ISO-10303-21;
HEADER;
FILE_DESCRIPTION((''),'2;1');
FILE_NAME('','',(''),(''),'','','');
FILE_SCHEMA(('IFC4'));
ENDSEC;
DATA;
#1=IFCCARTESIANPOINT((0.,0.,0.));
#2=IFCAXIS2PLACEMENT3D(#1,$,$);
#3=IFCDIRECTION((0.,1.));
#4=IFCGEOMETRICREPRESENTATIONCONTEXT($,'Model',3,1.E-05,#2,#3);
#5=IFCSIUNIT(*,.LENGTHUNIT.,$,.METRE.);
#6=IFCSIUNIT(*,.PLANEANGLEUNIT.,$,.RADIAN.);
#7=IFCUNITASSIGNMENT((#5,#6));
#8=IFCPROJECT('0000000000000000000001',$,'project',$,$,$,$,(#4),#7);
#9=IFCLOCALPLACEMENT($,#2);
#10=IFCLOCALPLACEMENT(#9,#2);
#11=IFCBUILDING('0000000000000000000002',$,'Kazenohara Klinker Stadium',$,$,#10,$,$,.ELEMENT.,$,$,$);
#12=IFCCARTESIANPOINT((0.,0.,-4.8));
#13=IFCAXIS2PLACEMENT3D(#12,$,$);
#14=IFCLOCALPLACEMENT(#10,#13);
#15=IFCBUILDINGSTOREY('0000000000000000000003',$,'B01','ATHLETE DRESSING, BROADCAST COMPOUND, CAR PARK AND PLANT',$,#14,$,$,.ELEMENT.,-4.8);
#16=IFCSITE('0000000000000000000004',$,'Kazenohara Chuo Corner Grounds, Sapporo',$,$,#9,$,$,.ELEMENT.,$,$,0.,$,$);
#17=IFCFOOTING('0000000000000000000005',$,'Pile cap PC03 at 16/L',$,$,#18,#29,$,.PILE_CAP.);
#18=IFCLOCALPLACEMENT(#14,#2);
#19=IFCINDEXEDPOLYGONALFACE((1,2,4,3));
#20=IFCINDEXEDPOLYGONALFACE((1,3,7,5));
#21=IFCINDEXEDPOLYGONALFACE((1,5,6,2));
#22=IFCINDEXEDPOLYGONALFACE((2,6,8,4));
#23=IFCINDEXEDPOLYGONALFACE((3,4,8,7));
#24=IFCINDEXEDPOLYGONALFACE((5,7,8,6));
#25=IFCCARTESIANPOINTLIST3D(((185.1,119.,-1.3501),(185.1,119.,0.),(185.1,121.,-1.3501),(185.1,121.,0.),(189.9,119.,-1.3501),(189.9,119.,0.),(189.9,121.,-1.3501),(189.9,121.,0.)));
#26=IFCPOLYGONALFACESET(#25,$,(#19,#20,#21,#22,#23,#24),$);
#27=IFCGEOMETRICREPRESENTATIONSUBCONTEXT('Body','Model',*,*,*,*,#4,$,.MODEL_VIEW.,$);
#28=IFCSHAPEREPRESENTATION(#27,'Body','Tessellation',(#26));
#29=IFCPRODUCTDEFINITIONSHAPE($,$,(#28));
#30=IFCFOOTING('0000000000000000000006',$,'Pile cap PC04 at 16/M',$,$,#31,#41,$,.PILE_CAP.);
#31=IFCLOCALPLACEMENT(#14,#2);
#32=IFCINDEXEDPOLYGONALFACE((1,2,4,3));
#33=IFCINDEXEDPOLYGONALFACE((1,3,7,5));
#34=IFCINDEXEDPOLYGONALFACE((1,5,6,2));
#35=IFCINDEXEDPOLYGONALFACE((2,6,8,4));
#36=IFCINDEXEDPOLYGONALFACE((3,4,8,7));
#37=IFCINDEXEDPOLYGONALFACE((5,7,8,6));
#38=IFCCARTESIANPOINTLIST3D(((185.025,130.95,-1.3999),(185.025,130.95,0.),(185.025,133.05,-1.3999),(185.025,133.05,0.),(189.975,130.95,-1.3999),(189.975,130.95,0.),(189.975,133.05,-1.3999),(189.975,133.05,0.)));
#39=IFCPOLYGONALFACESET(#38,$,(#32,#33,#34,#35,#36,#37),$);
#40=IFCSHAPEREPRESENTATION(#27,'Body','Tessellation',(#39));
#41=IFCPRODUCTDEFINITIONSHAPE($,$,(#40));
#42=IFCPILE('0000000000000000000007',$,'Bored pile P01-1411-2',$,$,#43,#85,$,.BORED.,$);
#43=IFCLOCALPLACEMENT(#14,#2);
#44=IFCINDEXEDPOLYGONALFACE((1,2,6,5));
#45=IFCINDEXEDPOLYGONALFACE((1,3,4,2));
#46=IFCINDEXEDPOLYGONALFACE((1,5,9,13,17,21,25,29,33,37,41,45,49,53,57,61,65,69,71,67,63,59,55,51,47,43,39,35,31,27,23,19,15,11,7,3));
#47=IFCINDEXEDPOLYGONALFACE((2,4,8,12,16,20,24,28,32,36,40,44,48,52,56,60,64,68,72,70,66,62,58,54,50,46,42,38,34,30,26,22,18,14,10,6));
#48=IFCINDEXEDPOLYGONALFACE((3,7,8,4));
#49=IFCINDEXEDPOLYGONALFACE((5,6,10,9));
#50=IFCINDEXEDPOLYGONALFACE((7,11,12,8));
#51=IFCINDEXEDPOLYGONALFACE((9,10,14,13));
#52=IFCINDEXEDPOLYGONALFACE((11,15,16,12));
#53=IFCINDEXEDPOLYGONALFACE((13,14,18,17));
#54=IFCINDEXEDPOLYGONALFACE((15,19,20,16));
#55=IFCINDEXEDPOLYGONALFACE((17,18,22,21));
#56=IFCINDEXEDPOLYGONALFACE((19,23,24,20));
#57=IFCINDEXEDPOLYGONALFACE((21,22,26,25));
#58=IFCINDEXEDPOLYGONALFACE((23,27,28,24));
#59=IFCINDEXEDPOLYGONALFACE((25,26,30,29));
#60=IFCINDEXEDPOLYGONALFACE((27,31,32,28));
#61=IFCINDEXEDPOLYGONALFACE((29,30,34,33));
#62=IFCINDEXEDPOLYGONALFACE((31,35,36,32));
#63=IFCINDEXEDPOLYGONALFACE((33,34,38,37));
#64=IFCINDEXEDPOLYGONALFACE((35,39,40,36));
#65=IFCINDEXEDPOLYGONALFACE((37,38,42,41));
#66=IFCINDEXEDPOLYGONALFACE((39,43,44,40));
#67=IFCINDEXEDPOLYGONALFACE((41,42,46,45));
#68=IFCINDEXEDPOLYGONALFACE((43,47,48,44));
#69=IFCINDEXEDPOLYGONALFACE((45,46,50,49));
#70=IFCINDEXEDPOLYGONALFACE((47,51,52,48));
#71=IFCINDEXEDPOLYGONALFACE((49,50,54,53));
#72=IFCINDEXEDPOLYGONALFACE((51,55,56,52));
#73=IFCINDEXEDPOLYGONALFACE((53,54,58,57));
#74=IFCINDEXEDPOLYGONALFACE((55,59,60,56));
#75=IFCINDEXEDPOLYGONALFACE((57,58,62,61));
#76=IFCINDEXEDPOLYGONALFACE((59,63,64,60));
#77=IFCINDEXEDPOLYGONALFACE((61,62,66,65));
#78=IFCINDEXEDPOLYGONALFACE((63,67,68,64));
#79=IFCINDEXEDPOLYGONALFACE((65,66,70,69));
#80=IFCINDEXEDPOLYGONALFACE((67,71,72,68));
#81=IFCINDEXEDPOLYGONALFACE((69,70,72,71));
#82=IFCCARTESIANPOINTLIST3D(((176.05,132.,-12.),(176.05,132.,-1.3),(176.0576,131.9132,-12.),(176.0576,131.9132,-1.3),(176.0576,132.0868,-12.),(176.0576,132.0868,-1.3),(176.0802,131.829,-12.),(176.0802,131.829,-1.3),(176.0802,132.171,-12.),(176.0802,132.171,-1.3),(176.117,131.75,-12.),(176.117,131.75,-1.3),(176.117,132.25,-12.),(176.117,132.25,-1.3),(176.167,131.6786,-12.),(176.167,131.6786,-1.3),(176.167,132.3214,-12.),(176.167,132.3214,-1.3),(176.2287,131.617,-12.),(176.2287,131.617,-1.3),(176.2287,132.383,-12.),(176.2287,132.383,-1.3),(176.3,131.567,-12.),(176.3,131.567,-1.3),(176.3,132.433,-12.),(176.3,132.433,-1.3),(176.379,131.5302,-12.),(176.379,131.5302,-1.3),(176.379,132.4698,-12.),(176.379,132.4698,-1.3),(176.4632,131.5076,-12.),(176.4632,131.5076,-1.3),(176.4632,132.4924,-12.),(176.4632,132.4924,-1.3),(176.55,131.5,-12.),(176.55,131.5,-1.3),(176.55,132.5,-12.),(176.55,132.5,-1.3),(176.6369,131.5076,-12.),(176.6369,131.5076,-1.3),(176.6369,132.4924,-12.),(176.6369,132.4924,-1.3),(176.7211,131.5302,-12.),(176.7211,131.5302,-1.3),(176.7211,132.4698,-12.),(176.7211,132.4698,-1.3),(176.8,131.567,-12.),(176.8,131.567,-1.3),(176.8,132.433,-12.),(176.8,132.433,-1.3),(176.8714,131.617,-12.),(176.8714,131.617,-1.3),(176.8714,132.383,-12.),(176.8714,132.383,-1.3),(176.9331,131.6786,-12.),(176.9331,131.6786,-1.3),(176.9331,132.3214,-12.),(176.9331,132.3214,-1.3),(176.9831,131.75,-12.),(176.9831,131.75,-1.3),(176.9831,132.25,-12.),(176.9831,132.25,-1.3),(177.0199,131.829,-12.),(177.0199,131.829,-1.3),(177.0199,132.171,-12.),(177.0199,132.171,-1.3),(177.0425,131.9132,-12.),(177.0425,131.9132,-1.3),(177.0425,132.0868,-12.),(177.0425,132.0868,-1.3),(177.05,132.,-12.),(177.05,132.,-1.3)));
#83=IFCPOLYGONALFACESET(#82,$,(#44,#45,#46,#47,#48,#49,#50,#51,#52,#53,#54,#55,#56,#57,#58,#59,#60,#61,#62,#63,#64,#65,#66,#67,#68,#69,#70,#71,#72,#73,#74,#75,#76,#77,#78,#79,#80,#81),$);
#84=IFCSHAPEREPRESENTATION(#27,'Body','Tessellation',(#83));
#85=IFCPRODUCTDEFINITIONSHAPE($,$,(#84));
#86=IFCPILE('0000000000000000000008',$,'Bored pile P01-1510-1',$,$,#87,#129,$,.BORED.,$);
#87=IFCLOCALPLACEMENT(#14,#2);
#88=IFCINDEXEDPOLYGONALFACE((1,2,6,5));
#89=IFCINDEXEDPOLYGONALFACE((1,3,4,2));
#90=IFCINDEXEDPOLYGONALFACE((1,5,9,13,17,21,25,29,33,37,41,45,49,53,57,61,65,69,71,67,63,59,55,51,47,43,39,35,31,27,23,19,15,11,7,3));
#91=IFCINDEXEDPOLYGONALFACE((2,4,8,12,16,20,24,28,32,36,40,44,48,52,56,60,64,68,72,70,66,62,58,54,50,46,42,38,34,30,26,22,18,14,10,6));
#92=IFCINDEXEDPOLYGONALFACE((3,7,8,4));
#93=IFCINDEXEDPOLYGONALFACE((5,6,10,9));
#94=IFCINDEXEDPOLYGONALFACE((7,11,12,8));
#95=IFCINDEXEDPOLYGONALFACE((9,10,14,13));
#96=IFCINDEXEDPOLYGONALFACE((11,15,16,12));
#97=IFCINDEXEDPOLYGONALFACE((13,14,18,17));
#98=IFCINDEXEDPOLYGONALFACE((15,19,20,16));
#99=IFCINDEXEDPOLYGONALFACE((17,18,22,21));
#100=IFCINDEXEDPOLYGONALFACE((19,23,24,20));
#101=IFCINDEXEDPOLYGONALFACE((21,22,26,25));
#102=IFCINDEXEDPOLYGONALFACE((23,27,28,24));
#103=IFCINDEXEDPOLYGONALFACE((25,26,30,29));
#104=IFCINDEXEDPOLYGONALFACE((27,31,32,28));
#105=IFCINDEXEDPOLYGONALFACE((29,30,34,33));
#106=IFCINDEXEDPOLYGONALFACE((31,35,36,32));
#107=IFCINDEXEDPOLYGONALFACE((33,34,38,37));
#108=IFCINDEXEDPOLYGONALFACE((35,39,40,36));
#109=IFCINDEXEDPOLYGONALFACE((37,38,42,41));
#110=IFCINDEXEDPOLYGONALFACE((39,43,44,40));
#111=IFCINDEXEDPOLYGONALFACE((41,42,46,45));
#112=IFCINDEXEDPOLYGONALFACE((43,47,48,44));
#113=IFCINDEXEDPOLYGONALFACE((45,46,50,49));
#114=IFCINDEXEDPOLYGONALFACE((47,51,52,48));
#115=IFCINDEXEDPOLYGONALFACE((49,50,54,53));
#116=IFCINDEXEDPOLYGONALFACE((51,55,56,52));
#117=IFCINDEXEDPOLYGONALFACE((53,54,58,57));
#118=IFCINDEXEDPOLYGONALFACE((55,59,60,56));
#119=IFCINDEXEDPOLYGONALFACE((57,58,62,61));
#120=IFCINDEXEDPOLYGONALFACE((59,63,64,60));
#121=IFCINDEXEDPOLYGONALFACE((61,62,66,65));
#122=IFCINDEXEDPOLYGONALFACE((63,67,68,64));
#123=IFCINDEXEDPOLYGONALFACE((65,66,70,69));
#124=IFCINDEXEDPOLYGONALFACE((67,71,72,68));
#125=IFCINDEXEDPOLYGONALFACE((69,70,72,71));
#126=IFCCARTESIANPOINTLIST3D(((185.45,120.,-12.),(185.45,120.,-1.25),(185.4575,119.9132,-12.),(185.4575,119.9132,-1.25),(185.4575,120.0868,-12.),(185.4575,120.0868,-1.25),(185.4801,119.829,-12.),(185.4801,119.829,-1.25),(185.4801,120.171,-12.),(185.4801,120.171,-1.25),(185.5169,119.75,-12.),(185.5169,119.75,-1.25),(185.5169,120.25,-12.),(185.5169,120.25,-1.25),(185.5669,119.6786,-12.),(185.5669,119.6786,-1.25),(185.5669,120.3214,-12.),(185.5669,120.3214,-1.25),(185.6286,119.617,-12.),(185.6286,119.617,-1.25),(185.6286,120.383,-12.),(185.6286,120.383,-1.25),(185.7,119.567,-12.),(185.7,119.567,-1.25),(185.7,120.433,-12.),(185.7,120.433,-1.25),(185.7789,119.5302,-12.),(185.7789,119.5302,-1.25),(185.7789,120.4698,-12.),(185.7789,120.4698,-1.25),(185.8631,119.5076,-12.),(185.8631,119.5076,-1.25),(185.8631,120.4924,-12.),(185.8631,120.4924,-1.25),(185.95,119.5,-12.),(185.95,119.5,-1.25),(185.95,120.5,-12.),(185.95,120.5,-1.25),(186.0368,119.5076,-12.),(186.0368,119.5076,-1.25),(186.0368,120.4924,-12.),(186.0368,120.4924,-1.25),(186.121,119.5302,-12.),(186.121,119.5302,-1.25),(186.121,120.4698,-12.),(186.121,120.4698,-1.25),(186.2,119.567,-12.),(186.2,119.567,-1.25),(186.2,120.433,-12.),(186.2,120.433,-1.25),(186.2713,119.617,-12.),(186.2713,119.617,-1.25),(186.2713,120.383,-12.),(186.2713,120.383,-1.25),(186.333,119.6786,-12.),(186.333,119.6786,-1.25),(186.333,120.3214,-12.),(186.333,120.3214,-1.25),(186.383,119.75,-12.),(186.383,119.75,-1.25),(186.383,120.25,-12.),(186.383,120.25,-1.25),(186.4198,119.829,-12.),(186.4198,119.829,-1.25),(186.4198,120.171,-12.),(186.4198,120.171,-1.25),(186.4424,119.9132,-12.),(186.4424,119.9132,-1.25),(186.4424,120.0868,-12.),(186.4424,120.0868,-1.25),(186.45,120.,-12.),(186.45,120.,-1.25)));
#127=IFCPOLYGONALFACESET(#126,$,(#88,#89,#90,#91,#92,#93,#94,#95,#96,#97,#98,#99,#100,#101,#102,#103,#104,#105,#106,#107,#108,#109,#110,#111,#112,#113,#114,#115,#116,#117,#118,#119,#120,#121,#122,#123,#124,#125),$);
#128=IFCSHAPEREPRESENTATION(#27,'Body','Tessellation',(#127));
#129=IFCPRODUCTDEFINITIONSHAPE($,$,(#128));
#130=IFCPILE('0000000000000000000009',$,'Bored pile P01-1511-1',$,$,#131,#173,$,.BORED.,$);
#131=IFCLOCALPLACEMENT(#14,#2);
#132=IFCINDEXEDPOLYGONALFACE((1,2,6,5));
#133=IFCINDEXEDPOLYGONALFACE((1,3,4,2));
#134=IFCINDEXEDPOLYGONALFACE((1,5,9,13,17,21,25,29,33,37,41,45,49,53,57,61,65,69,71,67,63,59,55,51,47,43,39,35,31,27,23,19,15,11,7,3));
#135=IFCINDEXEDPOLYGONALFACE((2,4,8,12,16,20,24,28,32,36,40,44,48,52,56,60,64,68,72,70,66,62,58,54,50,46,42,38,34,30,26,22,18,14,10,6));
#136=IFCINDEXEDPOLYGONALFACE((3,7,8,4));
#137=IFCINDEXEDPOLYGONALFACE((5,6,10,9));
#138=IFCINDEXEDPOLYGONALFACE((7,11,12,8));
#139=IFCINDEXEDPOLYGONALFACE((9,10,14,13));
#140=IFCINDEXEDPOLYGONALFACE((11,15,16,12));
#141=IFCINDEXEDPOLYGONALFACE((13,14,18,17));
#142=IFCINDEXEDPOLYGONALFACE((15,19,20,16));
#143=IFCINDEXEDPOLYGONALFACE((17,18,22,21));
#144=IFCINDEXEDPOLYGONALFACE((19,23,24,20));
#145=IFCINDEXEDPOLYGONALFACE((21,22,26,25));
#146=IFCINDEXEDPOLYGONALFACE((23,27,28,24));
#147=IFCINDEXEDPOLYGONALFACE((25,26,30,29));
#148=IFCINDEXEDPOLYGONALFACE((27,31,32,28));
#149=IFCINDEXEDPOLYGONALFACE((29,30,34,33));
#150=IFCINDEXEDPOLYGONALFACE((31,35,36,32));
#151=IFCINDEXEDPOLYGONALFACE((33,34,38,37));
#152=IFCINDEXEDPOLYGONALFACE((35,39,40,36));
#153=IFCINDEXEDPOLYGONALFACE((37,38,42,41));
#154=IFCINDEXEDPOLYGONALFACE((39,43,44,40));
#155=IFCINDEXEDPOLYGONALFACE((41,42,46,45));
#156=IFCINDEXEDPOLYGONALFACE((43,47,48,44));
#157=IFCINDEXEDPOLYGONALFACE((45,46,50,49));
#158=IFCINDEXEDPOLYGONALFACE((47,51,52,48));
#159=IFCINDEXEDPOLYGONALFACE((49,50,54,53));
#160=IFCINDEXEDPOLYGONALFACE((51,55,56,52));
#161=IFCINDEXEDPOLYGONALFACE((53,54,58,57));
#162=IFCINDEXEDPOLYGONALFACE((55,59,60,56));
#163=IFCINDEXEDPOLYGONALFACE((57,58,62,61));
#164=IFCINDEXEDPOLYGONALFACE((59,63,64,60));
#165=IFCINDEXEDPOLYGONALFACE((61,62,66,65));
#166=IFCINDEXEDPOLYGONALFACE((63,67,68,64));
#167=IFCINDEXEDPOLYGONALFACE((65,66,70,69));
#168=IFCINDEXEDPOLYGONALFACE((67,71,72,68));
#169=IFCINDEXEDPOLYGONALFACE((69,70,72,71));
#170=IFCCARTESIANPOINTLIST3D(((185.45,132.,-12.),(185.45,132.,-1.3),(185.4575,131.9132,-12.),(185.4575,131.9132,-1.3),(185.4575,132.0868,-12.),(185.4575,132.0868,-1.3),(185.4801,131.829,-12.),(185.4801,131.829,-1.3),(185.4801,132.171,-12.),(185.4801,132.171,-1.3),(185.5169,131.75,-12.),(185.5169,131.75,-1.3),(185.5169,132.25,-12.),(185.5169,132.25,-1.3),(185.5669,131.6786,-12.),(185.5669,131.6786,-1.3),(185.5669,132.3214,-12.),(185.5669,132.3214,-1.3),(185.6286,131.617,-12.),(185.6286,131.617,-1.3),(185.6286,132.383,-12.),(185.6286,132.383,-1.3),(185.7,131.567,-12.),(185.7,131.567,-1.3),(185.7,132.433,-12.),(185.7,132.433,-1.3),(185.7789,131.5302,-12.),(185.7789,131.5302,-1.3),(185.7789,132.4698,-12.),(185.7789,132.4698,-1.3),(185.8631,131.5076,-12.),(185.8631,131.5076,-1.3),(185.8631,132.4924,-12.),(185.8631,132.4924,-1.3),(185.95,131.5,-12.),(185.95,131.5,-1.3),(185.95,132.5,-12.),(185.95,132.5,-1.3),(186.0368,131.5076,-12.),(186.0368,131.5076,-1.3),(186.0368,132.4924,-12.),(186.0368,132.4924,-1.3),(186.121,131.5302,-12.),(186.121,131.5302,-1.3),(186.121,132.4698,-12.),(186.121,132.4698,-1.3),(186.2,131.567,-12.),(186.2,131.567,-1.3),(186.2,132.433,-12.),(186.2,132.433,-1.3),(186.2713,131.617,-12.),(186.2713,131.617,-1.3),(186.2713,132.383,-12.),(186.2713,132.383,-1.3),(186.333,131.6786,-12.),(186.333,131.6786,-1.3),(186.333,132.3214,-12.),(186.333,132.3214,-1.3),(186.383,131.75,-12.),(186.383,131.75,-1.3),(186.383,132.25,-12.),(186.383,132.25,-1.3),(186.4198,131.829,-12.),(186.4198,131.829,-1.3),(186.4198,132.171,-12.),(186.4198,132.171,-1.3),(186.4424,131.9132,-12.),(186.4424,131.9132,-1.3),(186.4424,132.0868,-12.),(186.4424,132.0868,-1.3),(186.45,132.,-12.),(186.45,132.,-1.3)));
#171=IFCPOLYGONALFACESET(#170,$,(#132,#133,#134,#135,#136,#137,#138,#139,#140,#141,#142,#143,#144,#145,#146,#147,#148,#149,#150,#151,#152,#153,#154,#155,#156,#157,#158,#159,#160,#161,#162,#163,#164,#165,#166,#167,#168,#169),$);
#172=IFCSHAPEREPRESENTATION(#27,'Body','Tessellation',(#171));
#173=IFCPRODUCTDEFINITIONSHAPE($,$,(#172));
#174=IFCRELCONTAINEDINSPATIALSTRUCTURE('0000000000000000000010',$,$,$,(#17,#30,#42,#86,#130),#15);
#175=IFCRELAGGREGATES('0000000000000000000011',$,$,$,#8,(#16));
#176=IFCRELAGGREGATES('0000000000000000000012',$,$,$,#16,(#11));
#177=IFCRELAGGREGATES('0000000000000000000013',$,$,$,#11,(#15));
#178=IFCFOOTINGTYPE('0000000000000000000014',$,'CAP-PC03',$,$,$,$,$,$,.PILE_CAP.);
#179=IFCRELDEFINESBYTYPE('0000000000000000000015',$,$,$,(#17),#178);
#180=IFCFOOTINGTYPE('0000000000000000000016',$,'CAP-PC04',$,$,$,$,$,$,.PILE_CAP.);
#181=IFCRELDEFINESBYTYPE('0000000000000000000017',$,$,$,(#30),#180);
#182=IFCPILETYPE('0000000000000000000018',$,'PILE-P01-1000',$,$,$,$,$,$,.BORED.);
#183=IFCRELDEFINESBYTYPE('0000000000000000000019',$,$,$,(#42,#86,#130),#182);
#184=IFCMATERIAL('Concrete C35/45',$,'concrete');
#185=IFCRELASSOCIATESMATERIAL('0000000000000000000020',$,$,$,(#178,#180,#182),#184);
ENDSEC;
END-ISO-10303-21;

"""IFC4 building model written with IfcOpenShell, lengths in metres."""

from ifc_helpers import new_model, si_unit, direction, frame, origin, origin_2d, place, context, subcontext, project, spatial, rectangle, circle, extrude, material, material_profile, profile_set, type_object, element, save


model = new_model("IFC4")

# Units and contexts
model_context = context("Model", 3, precision=1e-05, world=origin(), true_north=direction((0.0, 1.0)))
body_context = subcontext(model_context, "Body", "Model", "MODEL_VIEW")
ifc_project = project(units=[si_unit("LENGTHUNIT", "METRE"), si_unit("PLANEANGLEUNIT", "RADIAN")], contexts=[model_context])

# Site, building, storey
site_placement = place(None, origin())
site = spatial("IfcSite", under=ifc_project, at=site_placement, Name="Kazenohara Chuo Corner Grounds, Sapporo", CompositionType="ELEMENT", RefElevation=0.0)
building_placement = place(site_placement, origin())
building = spatial("IfcBuilding", under=site, at=building_placement, Name="Kazenohara Klinker Stadium", CompositionType="ELEMENT")
storey_placement = place(building_placement, frame((0.0, 0.0, -4.8)))
storey = spatial("IfcBuildingStorey", under=building, at=storey_placement, Name="B01", Description="ATHLETE DRESSING, BROADCAST COMPOUND, CAR PARK AND PLANT", CompositionType="ELEMENT", Elevation=-4.8)

# Footings
ifc_material_1 = material(Name="Concrete C35/45", Category="concrete")
footing_type_1 = type_object("IfcFootingType", Name="CAP-PC03", PredefinedType="PILE_CAP", material=ifc_material_1)
footing_1_placement = place(storey_placement, frame((187.5, 120.0, -1.3501), z_axis=(0.0, 0.0, 1.0), x_axis=(1.0, 0.0, 0.0)))
element("IfcFooting", 1, at=footing_1_placement, inside=storey, type_object=footing_type_1, Name="Pile cap PC03 at 16/L", PredefinedType="PILE_CAP", context=body_context, shape_type="SweptSolid", body=[
    extrude(rectangle(XDim=4.8, YDim=2.0, at=origin_2d()), origin(), (0.0, 0.0, 1.0), 1.3501),
])
footing_type_2 = type_object("IfcFootingType", Name="CAP-PC04", PredefinedType="PILE_CAP", material=ifc_material_1)
footing_2_placement = place(storey_placement, frame((187.5, 132.0, -1.3999), z_axis=(0.0, 0.0, 1.0), x_axis=(1.0, 0.0, 0.0)))
element("IfcFooting", 2, at=footing_2_placement, inside=storey, type_object=footing_type_2, Name="Pile cap PC04 at 16/M", PredefinedType="PILE_CAP", context=body_context, shape_type="SweptSolid", body=[
    extrude(rectangle(XDim=4.95, YDim=2.1001, at=origin_2d()), origin(), (0.0, 0.0, 1.0), 1.3999),
])

# Piles
ifc_material_profile_1 = material_profile(ifc_material_1, circle(Radius=0.5, at=origin_2d()), Name="BORED-PILE-1000")
ifc_profile_set_1 = profile_set([ifc_material_profile_1], Name="Concrete C35/45")
pile_type_1 = type_object("IfcPileType", Name="PILE-P01-1000", PredefinedType="BORED", material=ifc_profile_set_1)
pile_1_placement = place(storey_placement, frame((176.55, 132.0, -1.3), z_axis=(0.0, 0.0, -1.0), x_axis=(1.0, 0.0, 0.0)))
element("IfcPile", 3, at=pile_1_placement, inside=storey, type_object=pile_type_1, Name="Bored pile P01-1411-2", PredefinedType="BORED", context=body_context, shape_type="SweptSolid", body=[
    extrude(circle(Radius=0.5, at=origin_2d()), origin(), (0.0, 0.0, 1.0), 10.7),
])
pile_2_placement = place(storey_placement, frame((185.95, 120.0, -1.25), z_axis=(0.0, 0.0, -1.0), x_axis=(1.0, 0.0, 0.0)))
element("IfcPile", 4, at=pile_2_placement, inside=storey, type_object=pile_type_1, Name="Bored pile P01-1510-1", PredefinedType="BORED", context=body_context, shape_type="SweptSolid", body=[
    extrude(circle(Radius=0.5, at=origin_2d()), origin(), (0.0, 0.0, 1.0), 10.75),
])
pile_3_placement = place(storey_placement, frame((185.95, 132.0, -1.3), z_axis=(0.0, 0.0, -1.0), x_axis=(1.0, 0.0, 0.0)))
element("IfcPile", 5, at=pile_3_placement, inside=storey, type_object=pile_type_1, Name="Bored pile P01-1511-1", PredefinedType="BORED", context=body_context, shape_type="SweptSolid", body=[
    extrude(circle(Radius=0.5, at=origin_2d()), origin(), (0.0, 0.0, 1.0), 10.7),
])

save(model, "model.ifc")
